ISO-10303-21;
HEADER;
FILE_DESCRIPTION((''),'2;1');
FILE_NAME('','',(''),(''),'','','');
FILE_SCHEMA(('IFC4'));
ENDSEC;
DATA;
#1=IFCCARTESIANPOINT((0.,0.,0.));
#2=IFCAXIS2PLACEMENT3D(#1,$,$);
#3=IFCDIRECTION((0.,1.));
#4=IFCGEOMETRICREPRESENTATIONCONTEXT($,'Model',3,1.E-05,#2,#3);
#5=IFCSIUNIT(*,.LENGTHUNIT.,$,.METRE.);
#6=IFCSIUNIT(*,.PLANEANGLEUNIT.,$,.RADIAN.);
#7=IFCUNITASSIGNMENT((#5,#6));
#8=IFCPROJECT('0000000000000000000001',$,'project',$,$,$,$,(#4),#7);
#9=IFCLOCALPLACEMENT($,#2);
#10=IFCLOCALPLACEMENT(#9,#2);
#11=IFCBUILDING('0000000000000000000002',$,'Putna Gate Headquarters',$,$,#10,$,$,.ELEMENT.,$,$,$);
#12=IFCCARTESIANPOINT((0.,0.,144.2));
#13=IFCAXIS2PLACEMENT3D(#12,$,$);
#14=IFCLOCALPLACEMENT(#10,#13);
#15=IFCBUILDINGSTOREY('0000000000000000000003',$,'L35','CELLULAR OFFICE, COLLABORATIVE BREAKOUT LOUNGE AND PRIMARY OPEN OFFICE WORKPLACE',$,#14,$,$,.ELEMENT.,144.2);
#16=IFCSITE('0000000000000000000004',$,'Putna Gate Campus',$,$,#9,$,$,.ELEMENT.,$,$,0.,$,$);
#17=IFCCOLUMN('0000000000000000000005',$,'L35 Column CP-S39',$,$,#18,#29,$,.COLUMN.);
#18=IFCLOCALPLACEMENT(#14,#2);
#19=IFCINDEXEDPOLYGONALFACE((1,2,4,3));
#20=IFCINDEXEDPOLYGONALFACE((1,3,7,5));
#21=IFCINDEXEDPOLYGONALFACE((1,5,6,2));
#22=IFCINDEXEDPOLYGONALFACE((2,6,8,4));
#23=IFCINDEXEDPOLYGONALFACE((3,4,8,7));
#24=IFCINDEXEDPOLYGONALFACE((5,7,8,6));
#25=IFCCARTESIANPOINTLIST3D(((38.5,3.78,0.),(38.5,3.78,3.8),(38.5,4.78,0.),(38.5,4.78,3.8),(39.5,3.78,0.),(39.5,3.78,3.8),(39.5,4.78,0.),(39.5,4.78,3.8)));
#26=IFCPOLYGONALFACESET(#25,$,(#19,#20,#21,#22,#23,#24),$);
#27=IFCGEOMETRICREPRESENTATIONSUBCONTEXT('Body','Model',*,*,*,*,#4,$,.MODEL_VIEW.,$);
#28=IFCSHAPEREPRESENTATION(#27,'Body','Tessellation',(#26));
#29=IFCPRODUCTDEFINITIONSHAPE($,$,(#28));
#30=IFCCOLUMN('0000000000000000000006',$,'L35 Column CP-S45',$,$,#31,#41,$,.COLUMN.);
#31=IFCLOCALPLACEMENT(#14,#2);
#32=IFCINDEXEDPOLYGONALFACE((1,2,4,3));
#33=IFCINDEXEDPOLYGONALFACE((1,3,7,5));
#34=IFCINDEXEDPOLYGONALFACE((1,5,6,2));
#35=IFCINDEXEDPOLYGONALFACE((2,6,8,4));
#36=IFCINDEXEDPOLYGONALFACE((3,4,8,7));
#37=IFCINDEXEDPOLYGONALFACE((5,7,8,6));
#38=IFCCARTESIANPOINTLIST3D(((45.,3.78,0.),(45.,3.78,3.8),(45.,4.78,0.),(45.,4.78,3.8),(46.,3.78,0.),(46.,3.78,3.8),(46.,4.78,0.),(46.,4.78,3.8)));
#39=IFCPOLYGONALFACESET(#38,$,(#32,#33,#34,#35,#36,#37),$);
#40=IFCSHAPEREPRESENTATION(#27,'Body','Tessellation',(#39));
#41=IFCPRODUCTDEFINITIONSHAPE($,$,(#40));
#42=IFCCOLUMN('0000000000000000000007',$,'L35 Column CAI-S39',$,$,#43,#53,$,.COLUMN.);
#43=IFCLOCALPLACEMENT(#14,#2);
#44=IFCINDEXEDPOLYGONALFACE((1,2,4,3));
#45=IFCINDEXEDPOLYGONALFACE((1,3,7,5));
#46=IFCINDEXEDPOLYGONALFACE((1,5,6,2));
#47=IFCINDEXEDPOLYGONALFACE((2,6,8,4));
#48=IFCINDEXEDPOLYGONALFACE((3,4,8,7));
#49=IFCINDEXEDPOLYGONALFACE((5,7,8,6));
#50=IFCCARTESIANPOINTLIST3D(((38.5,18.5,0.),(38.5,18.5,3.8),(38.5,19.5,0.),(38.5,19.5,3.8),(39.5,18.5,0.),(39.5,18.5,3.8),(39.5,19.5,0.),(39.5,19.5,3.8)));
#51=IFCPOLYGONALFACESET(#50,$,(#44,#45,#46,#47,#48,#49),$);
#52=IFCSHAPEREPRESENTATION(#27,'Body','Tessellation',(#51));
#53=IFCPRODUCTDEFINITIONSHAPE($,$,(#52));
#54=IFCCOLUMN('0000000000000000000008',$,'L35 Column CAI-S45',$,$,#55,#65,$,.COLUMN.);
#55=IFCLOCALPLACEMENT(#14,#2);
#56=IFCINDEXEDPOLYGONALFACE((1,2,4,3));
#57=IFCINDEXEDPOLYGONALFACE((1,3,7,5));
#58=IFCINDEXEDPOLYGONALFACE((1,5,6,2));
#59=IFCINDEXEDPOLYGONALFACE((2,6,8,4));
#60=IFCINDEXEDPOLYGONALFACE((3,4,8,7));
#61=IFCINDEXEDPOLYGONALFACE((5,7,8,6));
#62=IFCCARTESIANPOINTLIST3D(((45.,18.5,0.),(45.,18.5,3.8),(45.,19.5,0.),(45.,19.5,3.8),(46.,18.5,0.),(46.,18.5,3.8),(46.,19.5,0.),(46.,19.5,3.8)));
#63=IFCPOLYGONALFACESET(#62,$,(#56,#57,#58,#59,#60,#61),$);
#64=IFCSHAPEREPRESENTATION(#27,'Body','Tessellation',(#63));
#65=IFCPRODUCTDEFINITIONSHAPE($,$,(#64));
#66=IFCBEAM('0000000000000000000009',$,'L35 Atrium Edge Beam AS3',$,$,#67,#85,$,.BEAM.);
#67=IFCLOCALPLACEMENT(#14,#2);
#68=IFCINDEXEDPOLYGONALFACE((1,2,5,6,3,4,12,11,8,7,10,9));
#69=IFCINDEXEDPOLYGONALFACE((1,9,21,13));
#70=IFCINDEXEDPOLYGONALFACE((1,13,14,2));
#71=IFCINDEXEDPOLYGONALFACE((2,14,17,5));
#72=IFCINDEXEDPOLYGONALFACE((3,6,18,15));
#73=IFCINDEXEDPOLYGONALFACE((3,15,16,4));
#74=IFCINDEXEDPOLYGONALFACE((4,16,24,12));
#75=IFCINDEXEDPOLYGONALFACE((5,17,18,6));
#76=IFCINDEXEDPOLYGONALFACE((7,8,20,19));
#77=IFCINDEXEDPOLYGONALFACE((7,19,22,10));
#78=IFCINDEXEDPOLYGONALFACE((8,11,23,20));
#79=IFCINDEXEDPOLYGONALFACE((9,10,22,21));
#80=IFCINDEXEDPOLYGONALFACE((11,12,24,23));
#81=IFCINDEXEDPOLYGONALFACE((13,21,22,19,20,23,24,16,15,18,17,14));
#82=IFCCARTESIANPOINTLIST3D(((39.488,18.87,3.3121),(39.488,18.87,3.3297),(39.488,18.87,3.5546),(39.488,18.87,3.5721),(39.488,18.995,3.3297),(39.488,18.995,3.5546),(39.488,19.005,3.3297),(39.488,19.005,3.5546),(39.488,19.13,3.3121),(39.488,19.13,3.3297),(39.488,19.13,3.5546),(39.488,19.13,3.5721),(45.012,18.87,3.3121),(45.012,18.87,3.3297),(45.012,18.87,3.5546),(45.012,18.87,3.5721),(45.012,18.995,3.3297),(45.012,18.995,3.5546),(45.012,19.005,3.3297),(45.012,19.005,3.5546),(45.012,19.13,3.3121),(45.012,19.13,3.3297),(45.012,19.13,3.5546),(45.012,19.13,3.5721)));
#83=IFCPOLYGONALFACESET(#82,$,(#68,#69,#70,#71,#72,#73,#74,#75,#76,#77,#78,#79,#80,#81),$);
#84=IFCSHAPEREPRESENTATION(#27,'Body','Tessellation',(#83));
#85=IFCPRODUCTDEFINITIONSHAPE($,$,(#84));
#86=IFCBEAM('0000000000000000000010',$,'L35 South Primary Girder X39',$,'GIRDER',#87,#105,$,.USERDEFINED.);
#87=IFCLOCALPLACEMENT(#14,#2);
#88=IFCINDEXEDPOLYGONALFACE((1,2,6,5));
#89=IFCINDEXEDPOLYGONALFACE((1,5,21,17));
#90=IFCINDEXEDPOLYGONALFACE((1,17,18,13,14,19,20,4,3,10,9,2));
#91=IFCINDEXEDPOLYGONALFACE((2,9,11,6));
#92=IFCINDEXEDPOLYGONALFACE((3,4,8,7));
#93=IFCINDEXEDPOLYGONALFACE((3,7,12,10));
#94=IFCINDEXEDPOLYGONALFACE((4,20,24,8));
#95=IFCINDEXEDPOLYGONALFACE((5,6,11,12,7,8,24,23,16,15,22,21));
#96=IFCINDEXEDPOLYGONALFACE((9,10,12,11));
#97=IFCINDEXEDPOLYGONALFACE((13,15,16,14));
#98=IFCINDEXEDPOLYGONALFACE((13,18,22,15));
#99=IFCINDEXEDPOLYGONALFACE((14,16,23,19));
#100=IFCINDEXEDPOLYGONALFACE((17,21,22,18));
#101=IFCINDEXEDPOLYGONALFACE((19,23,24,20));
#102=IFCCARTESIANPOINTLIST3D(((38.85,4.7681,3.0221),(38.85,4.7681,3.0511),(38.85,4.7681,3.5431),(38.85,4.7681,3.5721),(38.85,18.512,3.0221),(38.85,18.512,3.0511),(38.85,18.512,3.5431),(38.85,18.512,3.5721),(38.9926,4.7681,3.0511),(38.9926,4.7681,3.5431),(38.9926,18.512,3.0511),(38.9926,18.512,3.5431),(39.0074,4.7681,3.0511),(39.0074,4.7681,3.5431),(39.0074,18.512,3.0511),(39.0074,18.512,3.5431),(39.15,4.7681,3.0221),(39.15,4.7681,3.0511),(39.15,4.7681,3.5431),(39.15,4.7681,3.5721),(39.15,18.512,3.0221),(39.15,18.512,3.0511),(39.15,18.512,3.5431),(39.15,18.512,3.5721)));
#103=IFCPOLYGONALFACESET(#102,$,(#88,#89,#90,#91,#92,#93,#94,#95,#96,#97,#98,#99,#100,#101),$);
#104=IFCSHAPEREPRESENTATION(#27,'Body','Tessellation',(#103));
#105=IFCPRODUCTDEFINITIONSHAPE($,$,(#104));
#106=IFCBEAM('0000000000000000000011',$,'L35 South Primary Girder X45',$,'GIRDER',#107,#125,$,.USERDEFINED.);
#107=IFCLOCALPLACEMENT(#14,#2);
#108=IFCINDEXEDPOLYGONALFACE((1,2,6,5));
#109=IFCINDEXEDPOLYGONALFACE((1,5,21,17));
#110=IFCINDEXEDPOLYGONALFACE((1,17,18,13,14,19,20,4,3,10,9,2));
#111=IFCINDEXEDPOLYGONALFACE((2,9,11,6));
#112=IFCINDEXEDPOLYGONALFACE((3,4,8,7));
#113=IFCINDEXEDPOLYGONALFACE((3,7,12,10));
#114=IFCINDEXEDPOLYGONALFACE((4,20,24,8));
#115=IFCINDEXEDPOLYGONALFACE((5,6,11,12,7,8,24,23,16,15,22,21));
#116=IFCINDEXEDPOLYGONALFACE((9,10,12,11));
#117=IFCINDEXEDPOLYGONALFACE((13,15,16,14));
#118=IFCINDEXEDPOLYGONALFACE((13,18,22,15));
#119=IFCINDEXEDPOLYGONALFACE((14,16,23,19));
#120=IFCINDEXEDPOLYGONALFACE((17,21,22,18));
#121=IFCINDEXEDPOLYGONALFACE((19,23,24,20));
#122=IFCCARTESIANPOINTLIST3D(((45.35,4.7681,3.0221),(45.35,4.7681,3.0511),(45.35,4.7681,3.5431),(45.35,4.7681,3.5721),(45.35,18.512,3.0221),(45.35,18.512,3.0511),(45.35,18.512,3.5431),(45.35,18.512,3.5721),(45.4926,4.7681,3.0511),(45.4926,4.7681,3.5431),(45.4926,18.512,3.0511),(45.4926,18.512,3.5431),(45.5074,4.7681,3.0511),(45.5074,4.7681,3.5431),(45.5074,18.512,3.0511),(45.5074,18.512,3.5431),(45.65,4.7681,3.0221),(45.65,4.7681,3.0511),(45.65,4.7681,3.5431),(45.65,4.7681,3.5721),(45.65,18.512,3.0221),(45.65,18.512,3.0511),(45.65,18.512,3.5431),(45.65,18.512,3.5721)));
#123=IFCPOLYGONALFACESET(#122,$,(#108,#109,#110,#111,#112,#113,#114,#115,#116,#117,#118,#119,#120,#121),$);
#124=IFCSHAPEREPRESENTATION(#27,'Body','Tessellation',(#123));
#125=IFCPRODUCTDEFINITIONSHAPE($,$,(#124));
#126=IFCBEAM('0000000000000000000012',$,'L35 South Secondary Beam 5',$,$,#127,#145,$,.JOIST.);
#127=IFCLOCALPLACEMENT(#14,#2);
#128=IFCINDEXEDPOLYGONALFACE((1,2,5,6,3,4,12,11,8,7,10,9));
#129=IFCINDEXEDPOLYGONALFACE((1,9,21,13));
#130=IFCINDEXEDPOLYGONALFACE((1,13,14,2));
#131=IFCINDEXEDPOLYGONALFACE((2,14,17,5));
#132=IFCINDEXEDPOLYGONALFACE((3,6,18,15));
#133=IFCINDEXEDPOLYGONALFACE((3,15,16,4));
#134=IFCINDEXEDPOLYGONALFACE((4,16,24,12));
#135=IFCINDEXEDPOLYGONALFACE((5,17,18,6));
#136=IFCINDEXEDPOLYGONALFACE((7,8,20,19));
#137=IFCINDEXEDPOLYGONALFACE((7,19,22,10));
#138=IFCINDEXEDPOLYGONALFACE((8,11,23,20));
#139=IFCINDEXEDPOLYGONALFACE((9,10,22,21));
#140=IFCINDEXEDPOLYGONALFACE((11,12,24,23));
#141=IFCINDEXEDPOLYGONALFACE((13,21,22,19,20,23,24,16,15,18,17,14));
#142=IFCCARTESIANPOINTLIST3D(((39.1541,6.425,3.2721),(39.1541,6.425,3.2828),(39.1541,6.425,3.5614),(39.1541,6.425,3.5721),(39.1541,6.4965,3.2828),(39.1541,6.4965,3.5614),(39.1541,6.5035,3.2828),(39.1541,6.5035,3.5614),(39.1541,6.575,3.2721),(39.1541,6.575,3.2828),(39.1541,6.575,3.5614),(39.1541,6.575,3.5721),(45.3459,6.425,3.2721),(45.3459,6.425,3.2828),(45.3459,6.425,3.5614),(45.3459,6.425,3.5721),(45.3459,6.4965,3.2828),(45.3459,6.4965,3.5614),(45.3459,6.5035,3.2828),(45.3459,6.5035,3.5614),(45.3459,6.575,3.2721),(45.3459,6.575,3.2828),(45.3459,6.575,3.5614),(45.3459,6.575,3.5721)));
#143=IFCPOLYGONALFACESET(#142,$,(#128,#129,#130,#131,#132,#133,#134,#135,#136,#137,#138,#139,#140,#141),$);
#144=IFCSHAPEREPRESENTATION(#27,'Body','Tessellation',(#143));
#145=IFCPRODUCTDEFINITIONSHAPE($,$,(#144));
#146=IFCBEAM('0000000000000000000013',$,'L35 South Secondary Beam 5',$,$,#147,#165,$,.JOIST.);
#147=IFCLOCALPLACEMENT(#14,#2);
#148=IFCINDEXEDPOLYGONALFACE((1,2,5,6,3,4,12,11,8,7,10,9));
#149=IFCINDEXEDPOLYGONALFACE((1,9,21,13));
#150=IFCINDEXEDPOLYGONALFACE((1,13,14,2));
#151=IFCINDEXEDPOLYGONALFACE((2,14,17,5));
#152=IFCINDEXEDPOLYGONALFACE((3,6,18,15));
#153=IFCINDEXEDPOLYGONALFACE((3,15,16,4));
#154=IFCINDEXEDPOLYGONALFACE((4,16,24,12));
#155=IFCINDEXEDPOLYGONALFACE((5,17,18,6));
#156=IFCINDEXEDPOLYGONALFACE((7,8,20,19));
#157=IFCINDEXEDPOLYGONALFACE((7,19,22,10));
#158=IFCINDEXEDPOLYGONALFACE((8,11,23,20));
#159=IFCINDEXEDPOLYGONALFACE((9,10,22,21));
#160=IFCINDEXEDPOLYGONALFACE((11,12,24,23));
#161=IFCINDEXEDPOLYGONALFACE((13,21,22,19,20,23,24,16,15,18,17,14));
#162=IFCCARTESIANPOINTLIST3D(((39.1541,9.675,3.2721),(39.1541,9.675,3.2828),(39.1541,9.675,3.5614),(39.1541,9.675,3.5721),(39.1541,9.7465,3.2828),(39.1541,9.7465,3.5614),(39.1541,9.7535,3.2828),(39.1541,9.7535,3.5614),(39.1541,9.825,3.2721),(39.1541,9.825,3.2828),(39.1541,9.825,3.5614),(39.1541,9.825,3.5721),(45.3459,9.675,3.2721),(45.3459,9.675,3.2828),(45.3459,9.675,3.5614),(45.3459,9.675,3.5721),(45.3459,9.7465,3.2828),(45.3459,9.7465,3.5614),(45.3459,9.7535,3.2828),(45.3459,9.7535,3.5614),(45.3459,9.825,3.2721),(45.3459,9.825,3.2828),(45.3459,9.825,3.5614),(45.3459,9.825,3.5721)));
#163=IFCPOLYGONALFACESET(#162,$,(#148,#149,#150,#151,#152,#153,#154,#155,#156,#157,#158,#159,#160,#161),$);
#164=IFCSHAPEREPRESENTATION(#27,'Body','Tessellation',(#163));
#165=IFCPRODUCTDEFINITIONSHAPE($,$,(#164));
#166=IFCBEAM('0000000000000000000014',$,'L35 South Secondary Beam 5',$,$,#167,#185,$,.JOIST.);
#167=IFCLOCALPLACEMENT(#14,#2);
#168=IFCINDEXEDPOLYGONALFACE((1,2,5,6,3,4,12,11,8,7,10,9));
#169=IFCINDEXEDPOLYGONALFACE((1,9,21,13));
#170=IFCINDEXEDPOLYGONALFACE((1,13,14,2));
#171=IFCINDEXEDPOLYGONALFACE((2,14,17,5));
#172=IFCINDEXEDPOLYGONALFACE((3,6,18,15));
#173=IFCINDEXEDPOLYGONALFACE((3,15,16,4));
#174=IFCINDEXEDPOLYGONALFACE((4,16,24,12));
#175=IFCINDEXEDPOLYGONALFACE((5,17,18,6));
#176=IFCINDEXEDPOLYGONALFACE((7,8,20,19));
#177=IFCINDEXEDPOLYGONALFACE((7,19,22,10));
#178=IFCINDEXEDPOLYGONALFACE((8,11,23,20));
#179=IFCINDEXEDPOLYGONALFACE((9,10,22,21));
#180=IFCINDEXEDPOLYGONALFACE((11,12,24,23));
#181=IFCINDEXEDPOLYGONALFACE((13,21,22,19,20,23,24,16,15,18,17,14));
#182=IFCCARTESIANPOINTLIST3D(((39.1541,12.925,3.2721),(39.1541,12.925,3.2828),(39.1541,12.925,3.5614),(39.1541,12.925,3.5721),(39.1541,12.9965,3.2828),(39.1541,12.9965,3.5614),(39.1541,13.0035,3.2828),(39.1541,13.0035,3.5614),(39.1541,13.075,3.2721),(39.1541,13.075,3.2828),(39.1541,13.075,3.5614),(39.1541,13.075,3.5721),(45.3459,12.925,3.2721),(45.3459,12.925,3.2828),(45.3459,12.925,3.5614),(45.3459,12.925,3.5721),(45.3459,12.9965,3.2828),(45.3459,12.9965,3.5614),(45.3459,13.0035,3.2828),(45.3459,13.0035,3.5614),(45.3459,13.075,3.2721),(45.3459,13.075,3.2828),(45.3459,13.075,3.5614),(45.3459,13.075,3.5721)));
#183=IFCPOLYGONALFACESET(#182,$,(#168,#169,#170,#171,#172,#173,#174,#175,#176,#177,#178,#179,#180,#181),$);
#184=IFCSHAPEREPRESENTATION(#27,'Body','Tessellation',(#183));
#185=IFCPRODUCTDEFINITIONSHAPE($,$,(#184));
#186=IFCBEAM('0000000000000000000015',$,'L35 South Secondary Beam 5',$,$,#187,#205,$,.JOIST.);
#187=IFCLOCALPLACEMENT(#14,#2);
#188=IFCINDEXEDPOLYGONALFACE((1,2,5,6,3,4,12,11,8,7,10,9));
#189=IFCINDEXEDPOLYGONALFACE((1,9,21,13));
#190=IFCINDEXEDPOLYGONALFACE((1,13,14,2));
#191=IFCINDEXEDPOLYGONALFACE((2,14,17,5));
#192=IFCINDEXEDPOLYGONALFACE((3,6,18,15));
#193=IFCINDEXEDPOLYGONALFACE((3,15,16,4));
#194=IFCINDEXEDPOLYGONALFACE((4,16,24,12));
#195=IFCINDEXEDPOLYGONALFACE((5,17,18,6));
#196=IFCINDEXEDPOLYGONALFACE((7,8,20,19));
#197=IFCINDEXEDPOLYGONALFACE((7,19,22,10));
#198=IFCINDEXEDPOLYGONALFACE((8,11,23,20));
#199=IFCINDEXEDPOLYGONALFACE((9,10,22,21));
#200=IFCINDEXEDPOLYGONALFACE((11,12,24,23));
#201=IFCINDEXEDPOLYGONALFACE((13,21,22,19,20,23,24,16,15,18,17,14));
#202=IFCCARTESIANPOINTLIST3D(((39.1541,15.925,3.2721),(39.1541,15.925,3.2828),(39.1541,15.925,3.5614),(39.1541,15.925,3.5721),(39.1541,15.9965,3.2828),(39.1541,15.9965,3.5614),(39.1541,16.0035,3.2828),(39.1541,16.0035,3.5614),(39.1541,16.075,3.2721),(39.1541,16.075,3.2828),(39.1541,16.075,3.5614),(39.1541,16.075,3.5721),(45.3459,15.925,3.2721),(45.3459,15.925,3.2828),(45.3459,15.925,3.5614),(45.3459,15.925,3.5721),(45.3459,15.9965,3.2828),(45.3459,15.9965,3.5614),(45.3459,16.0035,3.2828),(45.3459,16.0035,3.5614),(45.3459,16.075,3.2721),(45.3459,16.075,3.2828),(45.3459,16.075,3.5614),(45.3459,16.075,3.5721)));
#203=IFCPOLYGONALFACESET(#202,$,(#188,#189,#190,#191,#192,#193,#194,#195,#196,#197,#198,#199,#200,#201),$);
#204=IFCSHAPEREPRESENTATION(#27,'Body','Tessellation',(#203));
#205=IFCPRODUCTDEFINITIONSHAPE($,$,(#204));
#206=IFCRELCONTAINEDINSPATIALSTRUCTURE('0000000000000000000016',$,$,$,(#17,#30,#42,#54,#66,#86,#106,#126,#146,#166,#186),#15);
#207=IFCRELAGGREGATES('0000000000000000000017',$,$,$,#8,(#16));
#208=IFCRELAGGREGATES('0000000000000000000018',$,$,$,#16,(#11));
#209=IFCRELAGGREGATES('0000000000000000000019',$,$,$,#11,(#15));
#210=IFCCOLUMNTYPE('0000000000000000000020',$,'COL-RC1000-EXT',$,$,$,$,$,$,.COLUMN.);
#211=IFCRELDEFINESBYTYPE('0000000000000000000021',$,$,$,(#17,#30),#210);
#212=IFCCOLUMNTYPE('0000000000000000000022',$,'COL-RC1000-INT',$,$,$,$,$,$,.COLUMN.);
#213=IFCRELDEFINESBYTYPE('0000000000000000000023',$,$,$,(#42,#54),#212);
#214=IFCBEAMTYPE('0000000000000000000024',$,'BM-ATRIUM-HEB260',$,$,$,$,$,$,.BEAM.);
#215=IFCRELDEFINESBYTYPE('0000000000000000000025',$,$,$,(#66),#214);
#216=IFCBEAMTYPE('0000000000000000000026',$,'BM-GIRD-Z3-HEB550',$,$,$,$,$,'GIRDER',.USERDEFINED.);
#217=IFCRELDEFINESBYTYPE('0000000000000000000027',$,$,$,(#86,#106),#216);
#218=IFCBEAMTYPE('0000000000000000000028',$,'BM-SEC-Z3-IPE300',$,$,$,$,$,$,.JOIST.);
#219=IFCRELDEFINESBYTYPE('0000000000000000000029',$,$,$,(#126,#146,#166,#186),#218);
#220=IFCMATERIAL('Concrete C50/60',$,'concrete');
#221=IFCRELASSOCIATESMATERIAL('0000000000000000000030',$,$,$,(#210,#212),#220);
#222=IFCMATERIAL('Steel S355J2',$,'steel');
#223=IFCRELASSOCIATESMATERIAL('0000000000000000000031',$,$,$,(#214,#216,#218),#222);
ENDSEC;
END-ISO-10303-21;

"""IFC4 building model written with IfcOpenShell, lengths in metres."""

from ifc_helpers import new_model, si_unit, direction, frame, origin, origin_2d, place, context, subcontext, project, spatial, rectangle, i_section, extrude, material, material_profile, profile_set, type_object, element, save


model = new_model("IFC4")

# Units and contexts
model_context = context("Model", 3, precision=1e-05, world=origin(), true_north=direction((0.0, 1.0)))
body_context = subcontext(model_context, "Body", "Model", "MODEL_VIEW")
ifc_project = project(units=[si_unit("LENGTHUNIT", "METRE"), si_unit("PLANEANGLEUNIT", "RADIAN")], contexts=[model_context])

# Site, building, storey
site_placement = place(None, origin())
site = spatial("IfcSite", under=ifc_project, at=site_placement, Name="Putna Gate Campus", CompositionType="ELEMENT", RefElevation=0.0)
building_placement = place(site_placement, origin())
building = spatial("IfcBuilding", under=site, at=building_placement, Name="Putna Gate Headquarters", CompositionType="ELEMENT")
storey_placement = place(building_placement, frame((0.0, 0.0, 144.2)))
storey = spatial("IfcBuildingStorey", under=building, at=storey_placement, Name="L35", Description="CELLULAR OFFICE, COLLABORATIVE BREAKOUT LOUNGE AND PRIMARY OPEN OFFICE WORKPLACE", CompositionType="ELEMENT", Elevation=144.2)

# Columns
ifc_material_1 = material(Name="Concrete C50/60", Category="concrete")
ifc_material_profile_1 = material_profile(ifc_material_1, rectangle(XDim=1.0, YDim=1.0, at=origin_2d()), Name="Concrete C50/60")
ifc_profile_set_1 = profile_set([ifc_material_profile_1], Name="Concrete C50/60")
column_type_1 = type_object("IfcColumnType", Name="COL-RC1000-EXT", PredefinedType="COLUMN", material=ifc_profile_set_1)
for number, where, z_axis, x_axis, name in (
    (1, (39.0, 4.28, 0.0), (0.0, 0.0, 1.0), (1.0, 0.0, 0.0), "L35 Column CP-S39"),
    (2, (45.5, 4.28, 0.0), (0.0, 0.0, 1.0), (1.0, 0.0, 0.0), "L35 Column CP-S45"),
):
    element("IfcColumn", number, at=place(storey_placement, frame(where, z_axis=z_axis, x_axis=x_axis)), inside=storey, type_object=column_type_1, Name=name, PredefinedType="COLUMN", context=body_context, shape_type="SweptSolid", body=[
        extrude(rectangle(XDim=1.0, YDim=1.0, at=origin_2d()), origin(), (0.0, 0.0, 1.0), 3.8),
    ])
ifc_material_profile_2 = material_profile(ifc_material_1, rectangle(XDim=1.0, YDim=1.0, at=origin_2d()), Name="Concrete C50/60")
ifc_profile_set_2 = profile_set([ifc_material_profile_2], Name="Concrete C50/60")
column_type_2 = type_object("IfcColumnType", Name="COL-RC1000-INT", PredefinedType="COLUMN", material=ifc_profile_set_2)
for number, where, z_axis, x_axis, name in (
    (3, (39.0, 19.0, 0.0), (0.0, 0.0, 1.0), (1.0, 0.0, 0.0), "L35 Column CAI-S39"),
    (4, (45.5, 19.0, 0.0), (0.0, 0.0, 1.0), (1.0, 0.0, 0.0), "L35 Column CAI-S45"),
):
    element("IfcColumn", number, at=place(storey_placement, frame(where, z_axis=z_axis, x_axis=x_axis)), inside=storey, type_object=column_type_2, Name=name, PredefinedType="COLUMN", context=body_context, shape_type="SweptSolid", body=[
        extrude(rectangle(XDim=1.0, YDim=1.0, at=origin_2d()), origin(), (0.0, 0.0, 1.0), 3.8),
    ])

# Beams
ifc_material_2 = material(Name="Steel S355J2", Category="steel")
ifc_material_profile_3 = material_profile(ifc_material_2, i_section(OverallWidth=0.26, OverallDepth=0.26, WebThickness=0.01, FlangeThickness=0.0176, at=origin_2d()), Name="Steel S355J2")
ifc_profile_set_3 = profile_set([ifc_material_profile_3], Name="Steel S355J2")
beam_type_1 = type_object("IfcBeamType", Name="BM-ATRIUM-HEB260", PredefinedType="BEAM", material=ifc_profile_set_3)
beam_1_placement = place(storey_placement, frame((39.488, 19.0, 3.4421), z_axis=(1.0, 0.0, 0.0), x_axis=(0.0, 1.0, 0.0)))
element("IfcBeam", 5, at=beam_1_placement, inside=storey, type_object=beam_type_1, Name="L35 Atrium Edge Beam AS3", PredefinedType="BEAM", context=body_context, shape_type="SweptSolid", body=[
    extrude(i_section(OverallWidth=0.26, OverallDepth=0.26, WebThickness=0.01, FlangeThickness=0.0176, at=origin_2d()), origin(), (0.0, 0.0, 1.0), 5.5239),
])
ifc_material_profile_4 = material_profile(ifc_material_2, i_section(OverallWidth=0.3, OverallDepth=0.55, WebThickness=0.0149, FlangeThickness=0.0291, at=origin_2d()), Name="Steel S355J2")
ifc_profile_set_4 = profile_set([ifc_material_profile_4], Name="Steel S355J2")
beam_type_2 = type_object("IfcBeamType", Name="BM-GIRD-Z3-HEB550", ElementType="GIRDER", PredefinedType="USERDEFINED", material=ifc_profile_set_4)
for number, where, z_axis, x_axis, name in (
    (6, (39.0, 4.7681, 3.2971), (0.0, 1.0, 0.0), (-1.0, 0.0, 0.0), "L35 South Primary Girder X39"),
    (7, (45.5, 4.7681, 3.2971), (0.0, 1.0, 0.0), (-1.0, 0.0, 0.0), "L35 South Primary Girder X45"),
):
    element("IfcBeam", number, at=place(storey_placement, frame(where, z_axis=z_axis, x_axis=x_axis)), inside=storey, type_object=beam_type_2, Name=name, ObjectType="GIRDER", PredefinedType="USERDEFINED", context=body_context, shape_type="SweptSolid", body=[
        extrude(i_section(OverallWidth=0.3, OverallDepth=0.55, WebThickness=0.0149, FlangeThickness=0.0291, at=origin_2d()), origin(), (0.0, 0.0, 1.0), 13.7439),
    ])
ifc_material_profile_5 = material_profile(ifc_material_2, i_section(OverallWidth=0.1499, OverallDepth=0.3, WebThickness=0.0071, FlangeThickness=0.0107, at=origin_2d()), Name="Steel S355J2")
ifc_profile_set_5 = profile_set([ifc_material_profile_5], Name="Steel S355J2")
beam_type_3 = type_object("IfcBeamType", Name="BM-SEC-Z3-IPE300", PredefinedType="JOIST", material=ifc_profile_set_5)
for number, where, z_axis, x_axis, name in (
    (8, (39.1541, 6.5, 3.4221), (1.0, 0.0, 0.0), (0.0, 1.0, 0.0), "L35 South Secondary Beam 5"),
    (9, (39.1541, 9.75, 3.4221), (1.0, 0.0, 0.0), (0.0, 1.0, 0.0), "L35 South Secondary Beam 5"),
    (10, (39.1541, 13.0, 3.4221), (1.0, 0.0, 0.0), (0.0, 1.0, 0.0), "L35 South Secondary Beam 5"),
    (11, (39.1541, 16.0, 3.4221), (1.0, 0.0, 0.0), (0.0, 1.0, 0.0), "L35 South Secondary Beam 5"),
):
    element("IfcBeam", number, at=place(storey_placement, frame(where, z_axis=z_axis, x_axis=x_axis)), inside=storey, type_object=beam_type_3, Name=name, PredefinedType="JOIST", context=body_context, shape_type="SweptSolid", body=[
        extrude(i_section(OverallWidth=0.1499, OverallDepth=0.3, WebThickness=0.0071, FlangeThickness=0.0107, at=origin_2d()), origin(), (0.0, 0.0, 1.0), 6.1919),
    ])

save(model, "model.ifc")
